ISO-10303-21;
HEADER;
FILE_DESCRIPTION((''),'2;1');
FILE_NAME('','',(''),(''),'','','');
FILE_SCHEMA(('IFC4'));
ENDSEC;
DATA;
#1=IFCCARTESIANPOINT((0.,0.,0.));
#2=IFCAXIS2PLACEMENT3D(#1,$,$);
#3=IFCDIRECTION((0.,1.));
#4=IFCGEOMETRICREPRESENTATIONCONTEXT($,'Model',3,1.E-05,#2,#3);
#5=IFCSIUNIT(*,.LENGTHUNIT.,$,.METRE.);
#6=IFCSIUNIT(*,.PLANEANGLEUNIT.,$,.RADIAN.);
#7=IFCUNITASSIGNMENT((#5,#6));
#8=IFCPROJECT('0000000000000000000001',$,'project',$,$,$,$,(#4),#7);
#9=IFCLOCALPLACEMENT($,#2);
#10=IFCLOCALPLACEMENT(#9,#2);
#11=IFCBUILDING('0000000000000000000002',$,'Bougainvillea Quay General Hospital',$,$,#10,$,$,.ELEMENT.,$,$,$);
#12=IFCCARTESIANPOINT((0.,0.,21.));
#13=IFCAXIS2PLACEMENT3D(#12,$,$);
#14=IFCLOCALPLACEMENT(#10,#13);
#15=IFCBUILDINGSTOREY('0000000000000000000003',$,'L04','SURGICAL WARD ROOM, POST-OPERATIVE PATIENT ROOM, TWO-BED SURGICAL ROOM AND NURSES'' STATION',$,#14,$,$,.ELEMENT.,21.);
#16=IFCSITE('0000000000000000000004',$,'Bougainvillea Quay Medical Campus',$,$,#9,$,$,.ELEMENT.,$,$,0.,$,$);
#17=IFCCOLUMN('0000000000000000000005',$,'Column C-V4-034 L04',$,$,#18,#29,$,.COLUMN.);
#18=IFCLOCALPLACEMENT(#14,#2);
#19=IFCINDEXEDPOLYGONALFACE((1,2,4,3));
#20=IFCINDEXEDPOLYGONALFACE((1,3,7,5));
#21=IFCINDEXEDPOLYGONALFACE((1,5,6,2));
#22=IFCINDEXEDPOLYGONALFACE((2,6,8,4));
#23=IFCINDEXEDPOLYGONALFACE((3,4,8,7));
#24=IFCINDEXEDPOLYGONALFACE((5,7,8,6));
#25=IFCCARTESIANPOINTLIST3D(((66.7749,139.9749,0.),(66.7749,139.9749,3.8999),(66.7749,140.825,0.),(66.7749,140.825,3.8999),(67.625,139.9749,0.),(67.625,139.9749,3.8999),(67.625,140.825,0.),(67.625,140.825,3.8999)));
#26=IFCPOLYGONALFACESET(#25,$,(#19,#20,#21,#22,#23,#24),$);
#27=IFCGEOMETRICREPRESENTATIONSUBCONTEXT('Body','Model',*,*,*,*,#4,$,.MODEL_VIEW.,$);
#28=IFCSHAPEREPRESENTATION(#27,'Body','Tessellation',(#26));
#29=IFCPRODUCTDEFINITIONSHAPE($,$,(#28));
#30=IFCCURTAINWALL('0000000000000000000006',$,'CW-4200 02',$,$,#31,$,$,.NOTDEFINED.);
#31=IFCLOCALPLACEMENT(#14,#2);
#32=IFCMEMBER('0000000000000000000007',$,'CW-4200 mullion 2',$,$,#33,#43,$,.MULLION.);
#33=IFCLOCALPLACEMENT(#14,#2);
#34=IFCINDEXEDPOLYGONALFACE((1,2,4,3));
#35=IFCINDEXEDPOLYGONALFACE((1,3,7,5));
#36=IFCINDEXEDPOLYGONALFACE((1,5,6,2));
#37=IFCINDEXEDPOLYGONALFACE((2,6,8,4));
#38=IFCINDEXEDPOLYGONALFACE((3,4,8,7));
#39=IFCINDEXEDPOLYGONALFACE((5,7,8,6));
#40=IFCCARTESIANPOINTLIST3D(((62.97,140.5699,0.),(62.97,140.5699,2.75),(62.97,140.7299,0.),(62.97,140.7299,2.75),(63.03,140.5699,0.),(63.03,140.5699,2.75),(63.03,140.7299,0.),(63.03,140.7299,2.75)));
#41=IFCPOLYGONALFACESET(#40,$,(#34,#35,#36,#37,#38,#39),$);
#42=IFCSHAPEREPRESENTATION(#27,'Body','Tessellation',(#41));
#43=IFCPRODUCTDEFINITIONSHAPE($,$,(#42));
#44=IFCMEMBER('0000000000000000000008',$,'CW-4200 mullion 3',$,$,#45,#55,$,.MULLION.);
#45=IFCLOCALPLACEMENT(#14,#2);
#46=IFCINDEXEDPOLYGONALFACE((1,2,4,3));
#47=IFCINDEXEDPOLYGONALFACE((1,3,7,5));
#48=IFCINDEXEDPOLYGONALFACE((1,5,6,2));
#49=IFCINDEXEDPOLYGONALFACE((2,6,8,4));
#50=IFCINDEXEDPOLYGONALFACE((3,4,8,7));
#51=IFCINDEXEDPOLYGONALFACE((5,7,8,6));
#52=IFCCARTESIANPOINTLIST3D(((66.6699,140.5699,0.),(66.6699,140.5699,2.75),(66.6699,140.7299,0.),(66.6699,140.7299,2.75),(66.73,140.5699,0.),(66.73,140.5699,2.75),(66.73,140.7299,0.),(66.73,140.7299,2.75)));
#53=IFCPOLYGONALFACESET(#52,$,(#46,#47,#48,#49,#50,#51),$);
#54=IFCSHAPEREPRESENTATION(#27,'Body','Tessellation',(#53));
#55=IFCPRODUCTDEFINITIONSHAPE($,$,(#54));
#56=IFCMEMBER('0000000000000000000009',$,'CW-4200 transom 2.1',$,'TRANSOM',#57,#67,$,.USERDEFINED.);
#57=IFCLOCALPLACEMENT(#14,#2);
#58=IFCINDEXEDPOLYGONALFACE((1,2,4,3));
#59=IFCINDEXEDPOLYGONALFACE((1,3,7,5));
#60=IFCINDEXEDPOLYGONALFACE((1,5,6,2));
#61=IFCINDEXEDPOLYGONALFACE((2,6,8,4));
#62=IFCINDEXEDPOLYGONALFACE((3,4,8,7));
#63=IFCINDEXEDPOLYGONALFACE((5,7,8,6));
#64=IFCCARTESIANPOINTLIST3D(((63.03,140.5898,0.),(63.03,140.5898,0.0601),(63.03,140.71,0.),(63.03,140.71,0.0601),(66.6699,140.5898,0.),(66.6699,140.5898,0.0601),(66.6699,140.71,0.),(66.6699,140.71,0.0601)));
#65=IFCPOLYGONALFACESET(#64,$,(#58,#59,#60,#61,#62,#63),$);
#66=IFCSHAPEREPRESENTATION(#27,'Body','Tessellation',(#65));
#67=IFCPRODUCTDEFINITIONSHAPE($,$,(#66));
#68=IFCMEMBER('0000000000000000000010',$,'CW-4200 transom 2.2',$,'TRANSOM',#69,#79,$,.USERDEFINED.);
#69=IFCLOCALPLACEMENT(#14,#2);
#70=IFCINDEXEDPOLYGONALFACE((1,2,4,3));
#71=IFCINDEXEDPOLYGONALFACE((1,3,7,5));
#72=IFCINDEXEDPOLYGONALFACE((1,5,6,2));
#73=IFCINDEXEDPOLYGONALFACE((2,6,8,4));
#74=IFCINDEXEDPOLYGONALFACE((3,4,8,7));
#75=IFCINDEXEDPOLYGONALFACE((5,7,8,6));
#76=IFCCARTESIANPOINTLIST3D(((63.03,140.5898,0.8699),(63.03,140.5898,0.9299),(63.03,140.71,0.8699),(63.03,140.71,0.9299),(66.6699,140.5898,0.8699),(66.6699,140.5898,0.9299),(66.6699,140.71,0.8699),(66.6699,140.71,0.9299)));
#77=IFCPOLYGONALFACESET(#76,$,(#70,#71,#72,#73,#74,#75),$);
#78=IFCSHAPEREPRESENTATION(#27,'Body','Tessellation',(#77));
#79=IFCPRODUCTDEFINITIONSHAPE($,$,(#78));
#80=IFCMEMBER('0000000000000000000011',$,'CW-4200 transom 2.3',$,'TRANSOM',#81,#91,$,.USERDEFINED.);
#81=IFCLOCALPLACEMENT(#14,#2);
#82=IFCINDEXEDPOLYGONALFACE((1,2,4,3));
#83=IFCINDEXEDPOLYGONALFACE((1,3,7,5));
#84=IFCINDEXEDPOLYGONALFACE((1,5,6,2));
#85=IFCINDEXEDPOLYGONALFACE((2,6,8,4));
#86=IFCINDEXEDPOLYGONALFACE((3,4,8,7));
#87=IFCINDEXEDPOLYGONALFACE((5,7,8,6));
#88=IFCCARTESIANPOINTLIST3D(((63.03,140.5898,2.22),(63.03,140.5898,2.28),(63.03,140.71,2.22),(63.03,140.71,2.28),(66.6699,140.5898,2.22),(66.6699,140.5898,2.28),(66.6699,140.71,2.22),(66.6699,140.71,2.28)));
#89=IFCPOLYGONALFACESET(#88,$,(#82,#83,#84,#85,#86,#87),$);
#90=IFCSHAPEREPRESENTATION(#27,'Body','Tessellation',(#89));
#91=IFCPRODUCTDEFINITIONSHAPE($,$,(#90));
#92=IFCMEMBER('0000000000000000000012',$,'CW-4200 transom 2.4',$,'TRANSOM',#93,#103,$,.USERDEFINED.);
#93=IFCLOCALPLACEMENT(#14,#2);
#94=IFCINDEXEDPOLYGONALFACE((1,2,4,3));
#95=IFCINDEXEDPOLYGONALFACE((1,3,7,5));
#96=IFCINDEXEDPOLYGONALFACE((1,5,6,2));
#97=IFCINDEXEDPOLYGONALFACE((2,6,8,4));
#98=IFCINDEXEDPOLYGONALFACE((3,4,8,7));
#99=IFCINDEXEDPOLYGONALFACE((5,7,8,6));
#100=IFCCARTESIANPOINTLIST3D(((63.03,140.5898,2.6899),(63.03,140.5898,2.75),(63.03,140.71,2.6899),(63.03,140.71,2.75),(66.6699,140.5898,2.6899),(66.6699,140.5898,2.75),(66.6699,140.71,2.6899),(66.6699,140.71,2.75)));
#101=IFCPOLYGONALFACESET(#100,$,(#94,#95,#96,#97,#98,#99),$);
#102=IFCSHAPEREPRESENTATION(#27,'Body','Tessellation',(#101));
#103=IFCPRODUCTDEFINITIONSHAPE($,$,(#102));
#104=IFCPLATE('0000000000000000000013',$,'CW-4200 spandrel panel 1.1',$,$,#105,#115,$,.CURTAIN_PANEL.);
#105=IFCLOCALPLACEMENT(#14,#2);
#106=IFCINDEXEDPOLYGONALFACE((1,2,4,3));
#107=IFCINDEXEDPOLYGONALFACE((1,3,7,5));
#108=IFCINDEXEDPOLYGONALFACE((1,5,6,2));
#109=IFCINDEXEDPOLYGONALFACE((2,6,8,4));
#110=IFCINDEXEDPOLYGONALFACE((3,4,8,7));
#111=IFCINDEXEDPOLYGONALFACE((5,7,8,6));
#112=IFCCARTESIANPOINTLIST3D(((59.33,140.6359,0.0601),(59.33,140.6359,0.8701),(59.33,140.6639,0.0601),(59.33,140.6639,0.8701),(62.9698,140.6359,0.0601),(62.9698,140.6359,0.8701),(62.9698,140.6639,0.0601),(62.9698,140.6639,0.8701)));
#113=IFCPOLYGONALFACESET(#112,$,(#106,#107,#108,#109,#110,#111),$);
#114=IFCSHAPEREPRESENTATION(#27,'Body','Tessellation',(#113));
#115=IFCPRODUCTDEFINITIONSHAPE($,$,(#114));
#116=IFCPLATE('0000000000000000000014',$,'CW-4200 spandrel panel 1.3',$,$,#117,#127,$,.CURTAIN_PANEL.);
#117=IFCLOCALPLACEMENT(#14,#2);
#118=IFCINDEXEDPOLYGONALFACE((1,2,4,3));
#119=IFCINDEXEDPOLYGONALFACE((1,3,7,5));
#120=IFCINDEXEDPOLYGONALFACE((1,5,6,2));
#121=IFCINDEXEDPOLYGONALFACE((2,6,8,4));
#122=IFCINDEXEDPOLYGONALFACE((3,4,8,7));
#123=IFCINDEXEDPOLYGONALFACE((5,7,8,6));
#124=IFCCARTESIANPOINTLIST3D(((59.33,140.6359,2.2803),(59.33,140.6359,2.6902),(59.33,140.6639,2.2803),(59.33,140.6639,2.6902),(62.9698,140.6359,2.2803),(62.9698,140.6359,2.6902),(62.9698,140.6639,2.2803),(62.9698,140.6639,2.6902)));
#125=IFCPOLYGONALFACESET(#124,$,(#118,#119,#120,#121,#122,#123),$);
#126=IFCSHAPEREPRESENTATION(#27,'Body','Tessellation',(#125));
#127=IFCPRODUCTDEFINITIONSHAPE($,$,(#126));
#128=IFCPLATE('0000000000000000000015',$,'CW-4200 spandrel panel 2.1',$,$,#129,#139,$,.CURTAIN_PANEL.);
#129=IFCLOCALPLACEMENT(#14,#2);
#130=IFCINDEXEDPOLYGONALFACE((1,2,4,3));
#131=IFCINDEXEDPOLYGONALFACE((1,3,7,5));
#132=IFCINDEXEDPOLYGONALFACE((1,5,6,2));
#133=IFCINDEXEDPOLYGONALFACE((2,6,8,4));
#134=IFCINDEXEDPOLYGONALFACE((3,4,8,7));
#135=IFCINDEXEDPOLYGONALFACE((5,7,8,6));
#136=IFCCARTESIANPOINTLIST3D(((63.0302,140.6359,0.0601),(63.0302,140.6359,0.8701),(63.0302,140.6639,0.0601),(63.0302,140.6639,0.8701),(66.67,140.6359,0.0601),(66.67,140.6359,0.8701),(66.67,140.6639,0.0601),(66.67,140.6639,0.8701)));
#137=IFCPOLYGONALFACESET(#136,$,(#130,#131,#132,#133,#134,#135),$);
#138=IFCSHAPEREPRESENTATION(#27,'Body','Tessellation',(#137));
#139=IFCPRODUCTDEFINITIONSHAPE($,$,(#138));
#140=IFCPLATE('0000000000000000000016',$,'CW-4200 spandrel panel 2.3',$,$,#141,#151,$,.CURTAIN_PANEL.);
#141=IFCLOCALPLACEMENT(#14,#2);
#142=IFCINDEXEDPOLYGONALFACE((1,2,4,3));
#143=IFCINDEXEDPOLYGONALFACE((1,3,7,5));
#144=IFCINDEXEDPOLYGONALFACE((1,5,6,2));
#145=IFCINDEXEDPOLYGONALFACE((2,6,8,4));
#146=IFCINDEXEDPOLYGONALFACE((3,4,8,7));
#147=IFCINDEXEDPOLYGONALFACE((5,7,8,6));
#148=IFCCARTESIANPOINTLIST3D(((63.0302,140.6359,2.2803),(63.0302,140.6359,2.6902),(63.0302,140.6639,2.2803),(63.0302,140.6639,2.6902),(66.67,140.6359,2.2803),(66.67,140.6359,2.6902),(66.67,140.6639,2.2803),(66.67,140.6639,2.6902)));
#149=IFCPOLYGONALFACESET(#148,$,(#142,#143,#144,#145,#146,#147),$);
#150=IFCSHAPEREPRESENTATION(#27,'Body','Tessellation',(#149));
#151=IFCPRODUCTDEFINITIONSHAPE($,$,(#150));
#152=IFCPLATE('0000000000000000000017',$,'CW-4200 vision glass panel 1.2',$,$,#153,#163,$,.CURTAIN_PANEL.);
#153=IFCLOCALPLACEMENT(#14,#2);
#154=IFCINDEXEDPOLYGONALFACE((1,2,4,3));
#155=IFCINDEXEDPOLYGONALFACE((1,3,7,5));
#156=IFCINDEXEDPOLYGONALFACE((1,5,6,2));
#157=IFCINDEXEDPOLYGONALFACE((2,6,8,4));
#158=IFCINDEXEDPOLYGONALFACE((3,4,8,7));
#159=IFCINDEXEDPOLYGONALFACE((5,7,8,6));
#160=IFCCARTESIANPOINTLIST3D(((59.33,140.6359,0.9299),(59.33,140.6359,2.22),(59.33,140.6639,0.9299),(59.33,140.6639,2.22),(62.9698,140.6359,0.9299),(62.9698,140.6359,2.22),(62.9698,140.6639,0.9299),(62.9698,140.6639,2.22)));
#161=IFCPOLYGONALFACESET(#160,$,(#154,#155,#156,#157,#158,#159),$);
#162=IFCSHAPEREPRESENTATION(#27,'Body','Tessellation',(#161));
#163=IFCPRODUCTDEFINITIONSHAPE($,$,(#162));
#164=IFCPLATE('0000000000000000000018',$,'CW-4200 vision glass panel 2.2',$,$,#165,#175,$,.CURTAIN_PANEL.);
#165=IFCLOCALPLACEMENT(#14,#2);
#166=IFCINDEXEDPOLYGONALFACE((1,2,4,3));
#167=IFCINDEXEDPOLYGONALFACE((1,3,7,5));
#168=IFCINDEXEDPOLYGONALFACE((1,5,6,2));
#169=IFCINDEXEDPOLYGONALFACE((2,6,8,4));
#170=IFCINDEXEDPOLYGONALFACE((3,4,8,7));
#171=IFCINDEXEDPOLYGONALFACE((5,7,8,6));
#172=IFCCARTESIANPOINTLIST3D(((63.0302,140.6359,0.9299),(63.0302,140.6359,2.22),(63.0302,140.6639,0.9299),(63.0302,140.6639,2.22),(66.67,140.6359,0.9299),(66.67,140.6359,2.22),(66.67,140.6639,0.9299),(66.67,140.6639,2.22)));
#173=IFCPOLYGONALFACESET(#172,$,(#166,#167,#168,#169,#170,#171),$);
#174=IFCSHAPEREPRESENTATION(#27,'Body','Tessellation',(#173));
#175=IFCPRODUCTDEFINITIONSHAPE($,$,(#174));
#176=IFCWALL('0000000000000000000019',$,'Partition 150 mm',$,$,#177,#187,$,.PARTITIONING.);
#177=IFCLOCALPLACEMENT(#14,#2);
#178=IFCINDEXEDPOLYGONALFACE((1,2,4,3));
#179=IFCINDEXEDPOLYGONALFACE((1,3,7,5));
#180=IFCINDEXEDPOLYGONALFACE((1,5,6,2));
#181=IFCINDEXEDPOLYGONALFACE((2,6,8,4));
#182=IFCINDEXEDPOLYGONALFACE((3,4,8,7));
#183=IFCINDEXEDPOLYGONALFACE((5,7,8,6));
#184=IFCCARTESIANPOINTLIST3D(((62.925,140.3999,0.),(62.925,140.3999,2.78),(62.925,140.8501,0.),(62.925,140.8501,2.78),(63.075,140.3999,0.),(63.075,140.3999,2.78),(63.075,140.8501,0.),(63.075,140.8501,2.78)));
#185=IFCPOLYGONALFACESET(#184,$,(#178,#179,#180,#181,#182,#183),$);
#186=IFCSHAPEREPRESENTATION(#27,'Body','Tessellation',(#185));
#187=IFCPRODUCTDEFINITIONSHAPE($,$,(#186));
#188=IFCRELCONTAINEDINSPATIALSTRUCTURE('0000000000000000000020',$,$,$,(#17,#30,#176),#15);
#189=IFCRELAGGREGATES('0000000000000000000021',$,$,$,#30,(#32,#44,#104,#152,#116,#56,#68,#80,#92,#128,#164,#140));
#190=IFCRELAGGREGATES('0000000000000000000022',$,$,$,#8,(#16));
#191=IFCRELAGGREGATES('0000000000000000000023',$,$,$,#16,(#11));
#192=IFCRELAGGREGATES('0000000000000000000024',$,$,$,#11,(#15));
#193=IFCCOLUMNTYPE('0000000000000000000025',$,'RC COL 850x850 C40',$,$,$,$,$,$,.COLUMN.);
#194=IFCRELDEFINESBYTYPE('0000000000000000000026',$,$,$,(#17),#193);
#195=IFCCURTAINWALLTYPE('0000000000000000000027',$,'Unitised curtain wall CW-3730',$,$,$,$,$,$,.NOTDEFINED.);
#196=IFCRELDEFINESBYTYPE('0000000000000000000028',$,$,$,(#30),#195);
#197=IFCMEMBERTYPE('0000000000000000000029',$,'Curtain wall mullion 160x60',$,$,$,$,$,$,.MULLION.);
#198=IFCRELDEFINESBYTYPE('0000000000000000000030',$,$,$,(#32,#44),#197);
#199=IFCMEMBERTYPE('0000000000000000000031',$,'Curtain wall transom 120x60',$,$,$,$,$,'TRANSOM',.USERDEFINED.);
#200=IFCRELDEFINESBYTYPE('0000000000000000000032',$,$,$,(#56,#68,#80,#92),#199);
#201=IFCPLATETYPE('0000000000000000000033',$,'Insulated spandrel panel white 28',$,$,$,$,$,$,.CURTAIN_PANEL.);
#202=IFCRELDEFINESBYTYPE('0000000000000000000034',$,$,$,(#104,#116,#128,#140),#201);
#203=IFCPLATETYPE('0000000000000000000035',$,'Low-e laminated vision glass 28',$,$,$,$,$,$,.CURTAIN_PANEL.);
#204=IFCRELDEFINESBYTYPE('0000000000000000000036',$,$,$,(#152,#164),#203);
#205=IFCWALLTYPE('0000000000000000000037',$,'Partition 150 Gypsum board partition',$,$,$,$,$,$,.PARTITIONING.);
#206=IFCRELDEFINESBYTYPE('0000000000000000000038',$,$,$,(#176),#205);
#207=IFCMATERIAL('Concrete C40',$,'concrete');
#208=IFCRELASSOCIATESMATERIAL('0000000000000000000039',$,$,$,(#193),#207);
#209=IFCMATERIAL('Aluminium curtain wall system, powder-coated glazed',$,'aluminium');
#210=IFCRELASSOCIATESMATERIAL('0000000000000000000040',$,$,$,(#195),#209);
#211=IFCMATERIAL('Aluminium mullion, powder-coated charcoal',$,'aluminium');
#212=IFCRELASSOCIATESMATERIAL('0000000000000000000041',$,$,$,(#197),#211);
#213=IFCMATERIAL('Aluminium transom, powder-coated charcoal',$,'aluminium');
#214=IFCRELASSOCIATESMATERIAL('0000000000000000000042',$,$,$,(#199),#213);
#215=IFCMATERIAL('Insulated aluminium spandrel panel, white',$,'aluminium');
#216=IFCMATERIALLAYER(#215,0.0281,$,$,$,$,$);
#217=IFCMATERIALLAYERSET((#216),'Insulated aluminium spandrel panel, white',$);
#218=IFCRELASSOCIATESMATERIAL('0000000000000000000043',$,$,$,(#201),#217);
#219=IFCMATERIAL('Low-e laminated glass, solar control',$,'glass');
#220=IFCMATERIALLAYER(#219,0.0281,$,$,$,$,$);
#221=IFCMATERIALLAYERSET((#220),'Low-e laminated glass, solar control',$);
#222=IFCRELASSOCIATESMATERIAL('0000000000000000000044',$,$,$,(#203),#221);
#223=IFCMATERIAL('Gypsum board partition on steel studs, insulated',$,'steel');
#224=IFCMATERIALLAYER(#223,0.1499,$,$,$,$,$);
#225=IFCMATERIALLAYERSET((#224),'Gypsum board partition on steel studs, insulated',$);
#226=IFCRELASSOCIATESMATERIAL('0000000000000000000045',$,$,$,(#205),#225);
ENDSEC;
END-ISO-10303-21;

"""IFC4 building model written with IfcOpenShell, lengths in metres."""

from ifc_helpers import new_model, si_unit, direction, frame, frame_2d, origin, origin_2d, place, context, subcontext, project, spatial, rectangle, extrude, material, layer, layer_set, material_profile, profile_set, type_object, element, aggregate, save


model = new_model("IFC4")

# Units and contexts
model_context = context("Model", 3, precision=1e-05, world=origin(), true_north=direction((0.0, 1.0)))
body_context = subcontext(model_context, "Body", "Model", "MODEL_VIEW")
ifc_project = project(units=[si_unit("LENGTHUNIT", "METRE"), si_unit("PLANEANGLEUNIT", "RADIAN")], contexts=[model_context])

# Site, building, storey
site_placement = place(None, origin())
site = spatial("IfcSite", under=ifc_project, at=site_placement, Name="Bougainvillea Quay Medical Campus", CompositionType="ELEMENT", RefElevation=0.0)
building_placement = place(site_placement, origin())
building = spatial("IfcBuilding", under=site, at=building_placement, Name="Bougainvillea Quay General Hospital", CompositionType="ELEMENT")
storey_placement = place(building_placement, frame((0.0, 0.0, 21.0)))
storey = spatial("IfcBuildingStorey", under=building, at=storey_placement, Name="L04", Description="SURGICAL WARD ROOM, POST-OPERATIVE PATIENT ROOM, TWO-BED SURGICAL ROOM AND NURSES' STATION", CompositionType="ELEMENT", Elevation=21.0)

# Column
ifc_material_1 = material(Name="Concrete C40", Category="concrete")
ifc_material_profile_1 = material_profile(ifc_material_1, rectangle(XDim=0.8501, YDim=0.8501, at=origin_2d()))
ifc_profile_set_1 = profile_set([ifc_material_profile_1], Name="Concrete C40")
column_type = type_object("IfcColumnType", Name="RC COL 850x850 C40", PredefinedType="COLUMN", material=ifc_profile_set_1)
column_placement = place(storey_placement, frame((67.2, 140.3999, 0.0), z_axis=(0.0, 0.0, 1.0), x_axis=(1.0, 0.0, 0.0)))
element("IfcColumn", 1, at=column_placement, inside=storey, type_object=column_type, Name="Column C-V4-034 L04", PredefinedType="COLUMN", context=body_context, shape_type="SweptSolid", body=[
    extrude(rectangle(XDim=0.8501, YDim=0.8501, at=origin_2d()), origin(), (0.0, 0.0, 1.0), 3.8999),
])

# Curtain wall, members, plates
ifc_material_2 = material(Name="Aluminium curtain wall system, powder-coated glazed", Category="aluminium")
curtain_wall_type = type_object("IfcCurtainWallType", Name="Unitised curtain wall CW-3730", PredefinedType="NOTDEFINED", material=ifc_material_2)
curtain_wall_placement = place(storey_placement, origin())
curtain_wall = element("IfcCurtainWall", 2, at=curtain_wall_placement, inside=storey, type_object=curtain_wall_type, Name="CW-4200 02", PredefinedType="NOTDEFINED")
ifc_material_3 = material(Name="Aluminium mullion, powder-coated charcoal", Category="aluminium")
ifc_material_profile_2 = material_profile(ifc_material_3, rectangle(XDim=0.1599, YDim=0.0601, at=origin_2d()))
ifc_profile_set_2 = profile_set([ifc_material_profile_2], Name="Aluminium mullion, powder-coated charcoal")
member_type_1 = type_object("IfcMemberType", Name="Curtain wall mullion 160x60", PredefinedType="MULLION", material=ifc_profile_set_2)
member_1_placement = place(storey_placement, frame((63.0, 140.6499, 0.0), z_axis=(0.0, 0.0, 1.0), x_axis=(0.0, 1.0, 0.0)))
member_1 = element("IfcMember", 3, at=member_1_placement, type_object=member_type_1, Name="CW-4200 mullion 2", PredefinedType="MULLION", context=body_context, shape_type="SweptSolid", body=[
    extrude(rectangle(XDim=0.1599, YDim=0.0601, at=origin_2d()), origin(), (0.0, 0.0, 1.0), 2.75),
])
member_2_placement = place(storey_placement, frame((66.7, 140.6499, 0.0), z_axis=(0.0, 0.0, 1.0), x_axis=(0.0, 1.0, 0.0)))
member_2 = element("IfcMember", 4, at=member_2_placement, type_object=member_type_1, Name="CW-4200 mullion 3", PredefinedType="MULLION", context=body_context, shape_type="SweptSolid", body=[
    extrude(rectangle(XDim=0.1599, YDim=0.0601, at=origin_2d()), origin(), (0.0, 0.0, 1.0), 2.75),
])
ifc_material_4 = material(Name="Aluminium transom, powder-coated charcoal", Category="aluminium")
ifc_material_profile_3 = material_profile(ifc_material_4, rectangle(XDim=0.1201, YDim=0.0601, at=origin_2d()))
ifc_profile_set_3 = profile_set([ifc_material_profile_3], Name="Aluminium transom, powder-coated charcoal")
member_type_2 = type_object("IfcMemberType", Name="Curtain wall transom 120x60", ElementType="TRANSOM", PredefinedType="USERDEFINED", material=ifc_profile_set_3)
member_3_placement = place(storey_placement, frame((63.03, 140.6499, 0.03), z_axis=(1.0, 0.0, 0.0), x_axis=(0.0, 1.0, 0.0)))
member_3 = element("IfcMember", 5, at=member_3_placement, type_object=member_type_2, Name="CW-4200 transom 2.1", ObjectType="TRANSOM", PredefinedType="USERDEFINED", context=body_context, shape_type="SweptSolid", body=[
    extrude(rectangle(XDim=0.1201, YDim=0.0601, at=origin_2d()), origin(), (0.0, 0.0, 1.0), 3.6399),
])
member_4_placement = place(storey_placement, frame((63.03, 140.6499, 0.8999), z_axis=(1.0, 0.0, 0.0), x_axis=(0.0, 1.0, 0.0)))
member_4 = element("IfcMember", 6, at=member_4_placement, type_object=member_type_2, Name="CW-4200 transom 2.2", ObjectType="TRANSOM", PredefinedType="USERDEFINED", context=body_context, shape_type="SweptSolid", body=[
    extrude(rectangle(XDim=0.1201, YDim=0.0601, at=origin_2d()), origin(), (0.0, 0.0, 1.0), 3.6399),
])
member_5_placement = place(storey_placement, frame((63.03, 140.6499, 2.25), z_axis=(1.0, 0.0, 0.0), x_axis=(0.0, 1.0, 0.0)))
member_5 = element("IfcMember", 7, at=member_5_placement, type_object=member_type_2, Name="CW-4200 transom 2.3", ObjectType="TRANSOM", PredefinedType="USERDEFINED", context=body_context, shape_type="SweptSolid", body=[
    extrude(rectangle(XDim=0.1201, YDim=0.0601, at=origin_2d()), origin(), (0.0, 0.0, 1.0), 3.6399),
])
member_6_placement = place(storey_placement, frame((63.03, 140.6499, 2.72), z_axis=(1.0, 0.0, 0.0), x_axis=(0.0, 1.0, 0.0)))
member_6 = element("IfcMember", 8, at=member_6_placement, type_object=member_type_2, Name="CW-4200 transom 2.4", ObjectType="TRANSOM", PredefinedType="USERDEFINED", context=body_context, shape_type="SweptSolid", body=[
    extrude(rectangle(XDim=0.1201, YDim=0.0601, at=origin_2d()), origin(), (0.0, 0.0, 1.0), 3.6399),
])
ifc_material_5 = material(Name="Insulated aluminium spandrel panel, white", Category="aluminium")
ifc_layer_1 = layer(ifc_material_5, 0.0281)
ifc_layer_set_1 = layer_set([ifc_layer_1], Name="Insulated aluminium spandrel panel, white")
plate_type_1 = type_object("IfcPlateType", Name="Insulated spandrel panel white 28", PredefinedType="CURTAIN_PANEL", material=ifc_layer_set_1)
plate_1_placement = place(storey_placement, frame((61.1499, 140.6499, 0.0601), z_axis=(0.0, 0.0, 1.0), x_axis=(1.0, 0.0, 0.0)))
plate_1 = element("IfcPlate", 9, at=plate_1_placement, type_object=plate_type_1, Name="CW-4200 spandrel panel 1.1", PredefinedType="CURTAIN_PANEL", context=body_context, shape_type="SweptSolid", body=[
    extrude(rectangle(XDim=3.6399, YDim=0.0281, at=origin_2d()), origin(), (0.0, 0.0, 1.0), 0.8101),
])
plate_2_placement = place(storey_placement, frame((61.1499, 140.6499, 2.2803), z_axis=(0.0, 0.0, 1.0), x_axis=(1.0, 0.0, 0.0)))
plate_2 = element("IfcPlate", 10, at=plate_2_placement, type_object=plate_type_1, Name="CW-4200 spandrel panel 1.3", PredefinedType="CURTAIN_PANEL", context=body_context, shape_type="SweptSolid", body=[
    extrude(rectangle(XDim=3.6399, YDim=0.0281, at=origin_2d()), origin(), (0.0, 0.0, 1.0), 0.4099),
])
plate_3_placement = place(storey_placement, frame((64.8501, 140.6499, 0.0601), z_axis=(0.0, 0.0, 1.0), x_axis=(1.0, 0.0, 0.0)))
plate_3 = element("IfcPlate", 11, at=plate_3_placement, type_object=plate_type_1, Name="CW-4200 spandrel panel 2.1", PredefinedType="CURTAIN_PANEL", context=body_context, shape_type="SweptSolid", body=[
    extrude(rectangle(XDim=3.6399, YDim=0.0281, at=origin_2d()), origin(), (0.0, 0.0, 1.0), 0.8101),
])
plate_4_placement = place(storey_placement, frame((64.8501, 140.6499, 2.2803), z_axis=(0.0, 0.0, 1.0), x_axis=(1.0, 0.0, 0.0)))
plate_4 = element("IfcPlate", 12, at=plate_4_placement, type_object=plate_type_1, Name="CW-4200 spandrel panel 2.3", PredefinedType="CURTAIN_PANEL", context=body_context, shape_type="SweptSolid", body=[
    extrude(rectangle(XDim=3.6399, YDim=0.0281, at=origin_2d()), origin(), (0.0, 0.0, 1.0), 0.4099),
])
ifc_material_6 = material(Name="Low-e laminated glass, solar control", Category="glass")
ifc_layer_2 = layer(ifc_material_6, 0.0281)
ifc_layer_set_2 = layer_set([ifc_layer_2], Name="Low-e laminated glass, solar control")
plate_type_2 = type_object("IfcPlateType", Name="Low-e laminated vision glass 28", PredefinedType="CURTAIN_PANEL", material=ifc_layer_set_2)
plate_5_placement = place(storey_placement, frame((61.1499, 140.6499, 0.9299), z_axis=(0.0, 0.0, 1.0), x_axis=(1.0, 0.0, 0.0)))
plate_5 = element("IfcPlate", 13, at=plate_5_placement, type_object=plate_type_2, Name="CW-4200 vision glass panel 1.2", PredefinedType="CURTAIN_PANEL", context=body_context, shape_type="SweptSolid", body=[
    extrude(rectangle(XDim=3.6399, YDim=0.0281, at=origin_2d()), origin(), (0.0, 0.0, 1.0), 1.29),
])
plate_6_placement = place(storey_placement, frame((64.8501, 140.6499, 0.9299), z_axis=(0.0, 0.0, 1.0), x_axis=(1.0, 0.0, 0.0)))
plate_6 = element("IfcPlate", 14, at=plate_6_placement, type_object=plate_type_2, Name="CW-4200 vision glass panel 2.2", PredefinedType="CURTAIN_PANEL", context=body_context, shape_type="SweptSolid", body=[
    extrude(rectangle(XDim=3.6399, YDim=0.0281, at=origin_2d()), origin(), (0.0, 0.0, 1.0), 1.29),
])
aggregate(curtain_wall, [member_1, member_2, plate_1, plate_5, plate_2, member_3, member_4, member_5, member_6, plate_3, plate_6, plate_4])

# Wall
ifc_material_7 = material(Name="Gypsum board partition on steel studs, insulated", Category="steel")
ifc_layer_3 = layer(ifc_material_7, 0.1499)
ifc_layer_set_3 = layer_set([ifc_layer_3], Name="Gypsum board partition on steel studs, insulated")
wall_type_1 = type_object("IfcWallType", Name="Partition 150 Gypsum board partition", PredefinedType="PARTITIONING", material=ifc_layer_set_3)
wall_1_placement = place(storey_placement, frame((63.0, 140.3999, 0.0), z_axis=(0.0, 0.0, 1.0), x_axis=(0.0, 1.0, 0.0)))
element("IfcWall", 15, at=wall_1_placement, inside=storey, type_object=wall_type_1, Name="Partition 150 mm", PredefinedType="PARTITIONING", context=body_context, shape_type="SweptSolid", body=[
    extrude(rectangle(XDim=0.4502, YDim=0.1499, at=frame_2d((0.2251, 0.0))), origin(), (0.0, 0.0, 1.0), 2.78),
])

save(model, "model.ifc")
